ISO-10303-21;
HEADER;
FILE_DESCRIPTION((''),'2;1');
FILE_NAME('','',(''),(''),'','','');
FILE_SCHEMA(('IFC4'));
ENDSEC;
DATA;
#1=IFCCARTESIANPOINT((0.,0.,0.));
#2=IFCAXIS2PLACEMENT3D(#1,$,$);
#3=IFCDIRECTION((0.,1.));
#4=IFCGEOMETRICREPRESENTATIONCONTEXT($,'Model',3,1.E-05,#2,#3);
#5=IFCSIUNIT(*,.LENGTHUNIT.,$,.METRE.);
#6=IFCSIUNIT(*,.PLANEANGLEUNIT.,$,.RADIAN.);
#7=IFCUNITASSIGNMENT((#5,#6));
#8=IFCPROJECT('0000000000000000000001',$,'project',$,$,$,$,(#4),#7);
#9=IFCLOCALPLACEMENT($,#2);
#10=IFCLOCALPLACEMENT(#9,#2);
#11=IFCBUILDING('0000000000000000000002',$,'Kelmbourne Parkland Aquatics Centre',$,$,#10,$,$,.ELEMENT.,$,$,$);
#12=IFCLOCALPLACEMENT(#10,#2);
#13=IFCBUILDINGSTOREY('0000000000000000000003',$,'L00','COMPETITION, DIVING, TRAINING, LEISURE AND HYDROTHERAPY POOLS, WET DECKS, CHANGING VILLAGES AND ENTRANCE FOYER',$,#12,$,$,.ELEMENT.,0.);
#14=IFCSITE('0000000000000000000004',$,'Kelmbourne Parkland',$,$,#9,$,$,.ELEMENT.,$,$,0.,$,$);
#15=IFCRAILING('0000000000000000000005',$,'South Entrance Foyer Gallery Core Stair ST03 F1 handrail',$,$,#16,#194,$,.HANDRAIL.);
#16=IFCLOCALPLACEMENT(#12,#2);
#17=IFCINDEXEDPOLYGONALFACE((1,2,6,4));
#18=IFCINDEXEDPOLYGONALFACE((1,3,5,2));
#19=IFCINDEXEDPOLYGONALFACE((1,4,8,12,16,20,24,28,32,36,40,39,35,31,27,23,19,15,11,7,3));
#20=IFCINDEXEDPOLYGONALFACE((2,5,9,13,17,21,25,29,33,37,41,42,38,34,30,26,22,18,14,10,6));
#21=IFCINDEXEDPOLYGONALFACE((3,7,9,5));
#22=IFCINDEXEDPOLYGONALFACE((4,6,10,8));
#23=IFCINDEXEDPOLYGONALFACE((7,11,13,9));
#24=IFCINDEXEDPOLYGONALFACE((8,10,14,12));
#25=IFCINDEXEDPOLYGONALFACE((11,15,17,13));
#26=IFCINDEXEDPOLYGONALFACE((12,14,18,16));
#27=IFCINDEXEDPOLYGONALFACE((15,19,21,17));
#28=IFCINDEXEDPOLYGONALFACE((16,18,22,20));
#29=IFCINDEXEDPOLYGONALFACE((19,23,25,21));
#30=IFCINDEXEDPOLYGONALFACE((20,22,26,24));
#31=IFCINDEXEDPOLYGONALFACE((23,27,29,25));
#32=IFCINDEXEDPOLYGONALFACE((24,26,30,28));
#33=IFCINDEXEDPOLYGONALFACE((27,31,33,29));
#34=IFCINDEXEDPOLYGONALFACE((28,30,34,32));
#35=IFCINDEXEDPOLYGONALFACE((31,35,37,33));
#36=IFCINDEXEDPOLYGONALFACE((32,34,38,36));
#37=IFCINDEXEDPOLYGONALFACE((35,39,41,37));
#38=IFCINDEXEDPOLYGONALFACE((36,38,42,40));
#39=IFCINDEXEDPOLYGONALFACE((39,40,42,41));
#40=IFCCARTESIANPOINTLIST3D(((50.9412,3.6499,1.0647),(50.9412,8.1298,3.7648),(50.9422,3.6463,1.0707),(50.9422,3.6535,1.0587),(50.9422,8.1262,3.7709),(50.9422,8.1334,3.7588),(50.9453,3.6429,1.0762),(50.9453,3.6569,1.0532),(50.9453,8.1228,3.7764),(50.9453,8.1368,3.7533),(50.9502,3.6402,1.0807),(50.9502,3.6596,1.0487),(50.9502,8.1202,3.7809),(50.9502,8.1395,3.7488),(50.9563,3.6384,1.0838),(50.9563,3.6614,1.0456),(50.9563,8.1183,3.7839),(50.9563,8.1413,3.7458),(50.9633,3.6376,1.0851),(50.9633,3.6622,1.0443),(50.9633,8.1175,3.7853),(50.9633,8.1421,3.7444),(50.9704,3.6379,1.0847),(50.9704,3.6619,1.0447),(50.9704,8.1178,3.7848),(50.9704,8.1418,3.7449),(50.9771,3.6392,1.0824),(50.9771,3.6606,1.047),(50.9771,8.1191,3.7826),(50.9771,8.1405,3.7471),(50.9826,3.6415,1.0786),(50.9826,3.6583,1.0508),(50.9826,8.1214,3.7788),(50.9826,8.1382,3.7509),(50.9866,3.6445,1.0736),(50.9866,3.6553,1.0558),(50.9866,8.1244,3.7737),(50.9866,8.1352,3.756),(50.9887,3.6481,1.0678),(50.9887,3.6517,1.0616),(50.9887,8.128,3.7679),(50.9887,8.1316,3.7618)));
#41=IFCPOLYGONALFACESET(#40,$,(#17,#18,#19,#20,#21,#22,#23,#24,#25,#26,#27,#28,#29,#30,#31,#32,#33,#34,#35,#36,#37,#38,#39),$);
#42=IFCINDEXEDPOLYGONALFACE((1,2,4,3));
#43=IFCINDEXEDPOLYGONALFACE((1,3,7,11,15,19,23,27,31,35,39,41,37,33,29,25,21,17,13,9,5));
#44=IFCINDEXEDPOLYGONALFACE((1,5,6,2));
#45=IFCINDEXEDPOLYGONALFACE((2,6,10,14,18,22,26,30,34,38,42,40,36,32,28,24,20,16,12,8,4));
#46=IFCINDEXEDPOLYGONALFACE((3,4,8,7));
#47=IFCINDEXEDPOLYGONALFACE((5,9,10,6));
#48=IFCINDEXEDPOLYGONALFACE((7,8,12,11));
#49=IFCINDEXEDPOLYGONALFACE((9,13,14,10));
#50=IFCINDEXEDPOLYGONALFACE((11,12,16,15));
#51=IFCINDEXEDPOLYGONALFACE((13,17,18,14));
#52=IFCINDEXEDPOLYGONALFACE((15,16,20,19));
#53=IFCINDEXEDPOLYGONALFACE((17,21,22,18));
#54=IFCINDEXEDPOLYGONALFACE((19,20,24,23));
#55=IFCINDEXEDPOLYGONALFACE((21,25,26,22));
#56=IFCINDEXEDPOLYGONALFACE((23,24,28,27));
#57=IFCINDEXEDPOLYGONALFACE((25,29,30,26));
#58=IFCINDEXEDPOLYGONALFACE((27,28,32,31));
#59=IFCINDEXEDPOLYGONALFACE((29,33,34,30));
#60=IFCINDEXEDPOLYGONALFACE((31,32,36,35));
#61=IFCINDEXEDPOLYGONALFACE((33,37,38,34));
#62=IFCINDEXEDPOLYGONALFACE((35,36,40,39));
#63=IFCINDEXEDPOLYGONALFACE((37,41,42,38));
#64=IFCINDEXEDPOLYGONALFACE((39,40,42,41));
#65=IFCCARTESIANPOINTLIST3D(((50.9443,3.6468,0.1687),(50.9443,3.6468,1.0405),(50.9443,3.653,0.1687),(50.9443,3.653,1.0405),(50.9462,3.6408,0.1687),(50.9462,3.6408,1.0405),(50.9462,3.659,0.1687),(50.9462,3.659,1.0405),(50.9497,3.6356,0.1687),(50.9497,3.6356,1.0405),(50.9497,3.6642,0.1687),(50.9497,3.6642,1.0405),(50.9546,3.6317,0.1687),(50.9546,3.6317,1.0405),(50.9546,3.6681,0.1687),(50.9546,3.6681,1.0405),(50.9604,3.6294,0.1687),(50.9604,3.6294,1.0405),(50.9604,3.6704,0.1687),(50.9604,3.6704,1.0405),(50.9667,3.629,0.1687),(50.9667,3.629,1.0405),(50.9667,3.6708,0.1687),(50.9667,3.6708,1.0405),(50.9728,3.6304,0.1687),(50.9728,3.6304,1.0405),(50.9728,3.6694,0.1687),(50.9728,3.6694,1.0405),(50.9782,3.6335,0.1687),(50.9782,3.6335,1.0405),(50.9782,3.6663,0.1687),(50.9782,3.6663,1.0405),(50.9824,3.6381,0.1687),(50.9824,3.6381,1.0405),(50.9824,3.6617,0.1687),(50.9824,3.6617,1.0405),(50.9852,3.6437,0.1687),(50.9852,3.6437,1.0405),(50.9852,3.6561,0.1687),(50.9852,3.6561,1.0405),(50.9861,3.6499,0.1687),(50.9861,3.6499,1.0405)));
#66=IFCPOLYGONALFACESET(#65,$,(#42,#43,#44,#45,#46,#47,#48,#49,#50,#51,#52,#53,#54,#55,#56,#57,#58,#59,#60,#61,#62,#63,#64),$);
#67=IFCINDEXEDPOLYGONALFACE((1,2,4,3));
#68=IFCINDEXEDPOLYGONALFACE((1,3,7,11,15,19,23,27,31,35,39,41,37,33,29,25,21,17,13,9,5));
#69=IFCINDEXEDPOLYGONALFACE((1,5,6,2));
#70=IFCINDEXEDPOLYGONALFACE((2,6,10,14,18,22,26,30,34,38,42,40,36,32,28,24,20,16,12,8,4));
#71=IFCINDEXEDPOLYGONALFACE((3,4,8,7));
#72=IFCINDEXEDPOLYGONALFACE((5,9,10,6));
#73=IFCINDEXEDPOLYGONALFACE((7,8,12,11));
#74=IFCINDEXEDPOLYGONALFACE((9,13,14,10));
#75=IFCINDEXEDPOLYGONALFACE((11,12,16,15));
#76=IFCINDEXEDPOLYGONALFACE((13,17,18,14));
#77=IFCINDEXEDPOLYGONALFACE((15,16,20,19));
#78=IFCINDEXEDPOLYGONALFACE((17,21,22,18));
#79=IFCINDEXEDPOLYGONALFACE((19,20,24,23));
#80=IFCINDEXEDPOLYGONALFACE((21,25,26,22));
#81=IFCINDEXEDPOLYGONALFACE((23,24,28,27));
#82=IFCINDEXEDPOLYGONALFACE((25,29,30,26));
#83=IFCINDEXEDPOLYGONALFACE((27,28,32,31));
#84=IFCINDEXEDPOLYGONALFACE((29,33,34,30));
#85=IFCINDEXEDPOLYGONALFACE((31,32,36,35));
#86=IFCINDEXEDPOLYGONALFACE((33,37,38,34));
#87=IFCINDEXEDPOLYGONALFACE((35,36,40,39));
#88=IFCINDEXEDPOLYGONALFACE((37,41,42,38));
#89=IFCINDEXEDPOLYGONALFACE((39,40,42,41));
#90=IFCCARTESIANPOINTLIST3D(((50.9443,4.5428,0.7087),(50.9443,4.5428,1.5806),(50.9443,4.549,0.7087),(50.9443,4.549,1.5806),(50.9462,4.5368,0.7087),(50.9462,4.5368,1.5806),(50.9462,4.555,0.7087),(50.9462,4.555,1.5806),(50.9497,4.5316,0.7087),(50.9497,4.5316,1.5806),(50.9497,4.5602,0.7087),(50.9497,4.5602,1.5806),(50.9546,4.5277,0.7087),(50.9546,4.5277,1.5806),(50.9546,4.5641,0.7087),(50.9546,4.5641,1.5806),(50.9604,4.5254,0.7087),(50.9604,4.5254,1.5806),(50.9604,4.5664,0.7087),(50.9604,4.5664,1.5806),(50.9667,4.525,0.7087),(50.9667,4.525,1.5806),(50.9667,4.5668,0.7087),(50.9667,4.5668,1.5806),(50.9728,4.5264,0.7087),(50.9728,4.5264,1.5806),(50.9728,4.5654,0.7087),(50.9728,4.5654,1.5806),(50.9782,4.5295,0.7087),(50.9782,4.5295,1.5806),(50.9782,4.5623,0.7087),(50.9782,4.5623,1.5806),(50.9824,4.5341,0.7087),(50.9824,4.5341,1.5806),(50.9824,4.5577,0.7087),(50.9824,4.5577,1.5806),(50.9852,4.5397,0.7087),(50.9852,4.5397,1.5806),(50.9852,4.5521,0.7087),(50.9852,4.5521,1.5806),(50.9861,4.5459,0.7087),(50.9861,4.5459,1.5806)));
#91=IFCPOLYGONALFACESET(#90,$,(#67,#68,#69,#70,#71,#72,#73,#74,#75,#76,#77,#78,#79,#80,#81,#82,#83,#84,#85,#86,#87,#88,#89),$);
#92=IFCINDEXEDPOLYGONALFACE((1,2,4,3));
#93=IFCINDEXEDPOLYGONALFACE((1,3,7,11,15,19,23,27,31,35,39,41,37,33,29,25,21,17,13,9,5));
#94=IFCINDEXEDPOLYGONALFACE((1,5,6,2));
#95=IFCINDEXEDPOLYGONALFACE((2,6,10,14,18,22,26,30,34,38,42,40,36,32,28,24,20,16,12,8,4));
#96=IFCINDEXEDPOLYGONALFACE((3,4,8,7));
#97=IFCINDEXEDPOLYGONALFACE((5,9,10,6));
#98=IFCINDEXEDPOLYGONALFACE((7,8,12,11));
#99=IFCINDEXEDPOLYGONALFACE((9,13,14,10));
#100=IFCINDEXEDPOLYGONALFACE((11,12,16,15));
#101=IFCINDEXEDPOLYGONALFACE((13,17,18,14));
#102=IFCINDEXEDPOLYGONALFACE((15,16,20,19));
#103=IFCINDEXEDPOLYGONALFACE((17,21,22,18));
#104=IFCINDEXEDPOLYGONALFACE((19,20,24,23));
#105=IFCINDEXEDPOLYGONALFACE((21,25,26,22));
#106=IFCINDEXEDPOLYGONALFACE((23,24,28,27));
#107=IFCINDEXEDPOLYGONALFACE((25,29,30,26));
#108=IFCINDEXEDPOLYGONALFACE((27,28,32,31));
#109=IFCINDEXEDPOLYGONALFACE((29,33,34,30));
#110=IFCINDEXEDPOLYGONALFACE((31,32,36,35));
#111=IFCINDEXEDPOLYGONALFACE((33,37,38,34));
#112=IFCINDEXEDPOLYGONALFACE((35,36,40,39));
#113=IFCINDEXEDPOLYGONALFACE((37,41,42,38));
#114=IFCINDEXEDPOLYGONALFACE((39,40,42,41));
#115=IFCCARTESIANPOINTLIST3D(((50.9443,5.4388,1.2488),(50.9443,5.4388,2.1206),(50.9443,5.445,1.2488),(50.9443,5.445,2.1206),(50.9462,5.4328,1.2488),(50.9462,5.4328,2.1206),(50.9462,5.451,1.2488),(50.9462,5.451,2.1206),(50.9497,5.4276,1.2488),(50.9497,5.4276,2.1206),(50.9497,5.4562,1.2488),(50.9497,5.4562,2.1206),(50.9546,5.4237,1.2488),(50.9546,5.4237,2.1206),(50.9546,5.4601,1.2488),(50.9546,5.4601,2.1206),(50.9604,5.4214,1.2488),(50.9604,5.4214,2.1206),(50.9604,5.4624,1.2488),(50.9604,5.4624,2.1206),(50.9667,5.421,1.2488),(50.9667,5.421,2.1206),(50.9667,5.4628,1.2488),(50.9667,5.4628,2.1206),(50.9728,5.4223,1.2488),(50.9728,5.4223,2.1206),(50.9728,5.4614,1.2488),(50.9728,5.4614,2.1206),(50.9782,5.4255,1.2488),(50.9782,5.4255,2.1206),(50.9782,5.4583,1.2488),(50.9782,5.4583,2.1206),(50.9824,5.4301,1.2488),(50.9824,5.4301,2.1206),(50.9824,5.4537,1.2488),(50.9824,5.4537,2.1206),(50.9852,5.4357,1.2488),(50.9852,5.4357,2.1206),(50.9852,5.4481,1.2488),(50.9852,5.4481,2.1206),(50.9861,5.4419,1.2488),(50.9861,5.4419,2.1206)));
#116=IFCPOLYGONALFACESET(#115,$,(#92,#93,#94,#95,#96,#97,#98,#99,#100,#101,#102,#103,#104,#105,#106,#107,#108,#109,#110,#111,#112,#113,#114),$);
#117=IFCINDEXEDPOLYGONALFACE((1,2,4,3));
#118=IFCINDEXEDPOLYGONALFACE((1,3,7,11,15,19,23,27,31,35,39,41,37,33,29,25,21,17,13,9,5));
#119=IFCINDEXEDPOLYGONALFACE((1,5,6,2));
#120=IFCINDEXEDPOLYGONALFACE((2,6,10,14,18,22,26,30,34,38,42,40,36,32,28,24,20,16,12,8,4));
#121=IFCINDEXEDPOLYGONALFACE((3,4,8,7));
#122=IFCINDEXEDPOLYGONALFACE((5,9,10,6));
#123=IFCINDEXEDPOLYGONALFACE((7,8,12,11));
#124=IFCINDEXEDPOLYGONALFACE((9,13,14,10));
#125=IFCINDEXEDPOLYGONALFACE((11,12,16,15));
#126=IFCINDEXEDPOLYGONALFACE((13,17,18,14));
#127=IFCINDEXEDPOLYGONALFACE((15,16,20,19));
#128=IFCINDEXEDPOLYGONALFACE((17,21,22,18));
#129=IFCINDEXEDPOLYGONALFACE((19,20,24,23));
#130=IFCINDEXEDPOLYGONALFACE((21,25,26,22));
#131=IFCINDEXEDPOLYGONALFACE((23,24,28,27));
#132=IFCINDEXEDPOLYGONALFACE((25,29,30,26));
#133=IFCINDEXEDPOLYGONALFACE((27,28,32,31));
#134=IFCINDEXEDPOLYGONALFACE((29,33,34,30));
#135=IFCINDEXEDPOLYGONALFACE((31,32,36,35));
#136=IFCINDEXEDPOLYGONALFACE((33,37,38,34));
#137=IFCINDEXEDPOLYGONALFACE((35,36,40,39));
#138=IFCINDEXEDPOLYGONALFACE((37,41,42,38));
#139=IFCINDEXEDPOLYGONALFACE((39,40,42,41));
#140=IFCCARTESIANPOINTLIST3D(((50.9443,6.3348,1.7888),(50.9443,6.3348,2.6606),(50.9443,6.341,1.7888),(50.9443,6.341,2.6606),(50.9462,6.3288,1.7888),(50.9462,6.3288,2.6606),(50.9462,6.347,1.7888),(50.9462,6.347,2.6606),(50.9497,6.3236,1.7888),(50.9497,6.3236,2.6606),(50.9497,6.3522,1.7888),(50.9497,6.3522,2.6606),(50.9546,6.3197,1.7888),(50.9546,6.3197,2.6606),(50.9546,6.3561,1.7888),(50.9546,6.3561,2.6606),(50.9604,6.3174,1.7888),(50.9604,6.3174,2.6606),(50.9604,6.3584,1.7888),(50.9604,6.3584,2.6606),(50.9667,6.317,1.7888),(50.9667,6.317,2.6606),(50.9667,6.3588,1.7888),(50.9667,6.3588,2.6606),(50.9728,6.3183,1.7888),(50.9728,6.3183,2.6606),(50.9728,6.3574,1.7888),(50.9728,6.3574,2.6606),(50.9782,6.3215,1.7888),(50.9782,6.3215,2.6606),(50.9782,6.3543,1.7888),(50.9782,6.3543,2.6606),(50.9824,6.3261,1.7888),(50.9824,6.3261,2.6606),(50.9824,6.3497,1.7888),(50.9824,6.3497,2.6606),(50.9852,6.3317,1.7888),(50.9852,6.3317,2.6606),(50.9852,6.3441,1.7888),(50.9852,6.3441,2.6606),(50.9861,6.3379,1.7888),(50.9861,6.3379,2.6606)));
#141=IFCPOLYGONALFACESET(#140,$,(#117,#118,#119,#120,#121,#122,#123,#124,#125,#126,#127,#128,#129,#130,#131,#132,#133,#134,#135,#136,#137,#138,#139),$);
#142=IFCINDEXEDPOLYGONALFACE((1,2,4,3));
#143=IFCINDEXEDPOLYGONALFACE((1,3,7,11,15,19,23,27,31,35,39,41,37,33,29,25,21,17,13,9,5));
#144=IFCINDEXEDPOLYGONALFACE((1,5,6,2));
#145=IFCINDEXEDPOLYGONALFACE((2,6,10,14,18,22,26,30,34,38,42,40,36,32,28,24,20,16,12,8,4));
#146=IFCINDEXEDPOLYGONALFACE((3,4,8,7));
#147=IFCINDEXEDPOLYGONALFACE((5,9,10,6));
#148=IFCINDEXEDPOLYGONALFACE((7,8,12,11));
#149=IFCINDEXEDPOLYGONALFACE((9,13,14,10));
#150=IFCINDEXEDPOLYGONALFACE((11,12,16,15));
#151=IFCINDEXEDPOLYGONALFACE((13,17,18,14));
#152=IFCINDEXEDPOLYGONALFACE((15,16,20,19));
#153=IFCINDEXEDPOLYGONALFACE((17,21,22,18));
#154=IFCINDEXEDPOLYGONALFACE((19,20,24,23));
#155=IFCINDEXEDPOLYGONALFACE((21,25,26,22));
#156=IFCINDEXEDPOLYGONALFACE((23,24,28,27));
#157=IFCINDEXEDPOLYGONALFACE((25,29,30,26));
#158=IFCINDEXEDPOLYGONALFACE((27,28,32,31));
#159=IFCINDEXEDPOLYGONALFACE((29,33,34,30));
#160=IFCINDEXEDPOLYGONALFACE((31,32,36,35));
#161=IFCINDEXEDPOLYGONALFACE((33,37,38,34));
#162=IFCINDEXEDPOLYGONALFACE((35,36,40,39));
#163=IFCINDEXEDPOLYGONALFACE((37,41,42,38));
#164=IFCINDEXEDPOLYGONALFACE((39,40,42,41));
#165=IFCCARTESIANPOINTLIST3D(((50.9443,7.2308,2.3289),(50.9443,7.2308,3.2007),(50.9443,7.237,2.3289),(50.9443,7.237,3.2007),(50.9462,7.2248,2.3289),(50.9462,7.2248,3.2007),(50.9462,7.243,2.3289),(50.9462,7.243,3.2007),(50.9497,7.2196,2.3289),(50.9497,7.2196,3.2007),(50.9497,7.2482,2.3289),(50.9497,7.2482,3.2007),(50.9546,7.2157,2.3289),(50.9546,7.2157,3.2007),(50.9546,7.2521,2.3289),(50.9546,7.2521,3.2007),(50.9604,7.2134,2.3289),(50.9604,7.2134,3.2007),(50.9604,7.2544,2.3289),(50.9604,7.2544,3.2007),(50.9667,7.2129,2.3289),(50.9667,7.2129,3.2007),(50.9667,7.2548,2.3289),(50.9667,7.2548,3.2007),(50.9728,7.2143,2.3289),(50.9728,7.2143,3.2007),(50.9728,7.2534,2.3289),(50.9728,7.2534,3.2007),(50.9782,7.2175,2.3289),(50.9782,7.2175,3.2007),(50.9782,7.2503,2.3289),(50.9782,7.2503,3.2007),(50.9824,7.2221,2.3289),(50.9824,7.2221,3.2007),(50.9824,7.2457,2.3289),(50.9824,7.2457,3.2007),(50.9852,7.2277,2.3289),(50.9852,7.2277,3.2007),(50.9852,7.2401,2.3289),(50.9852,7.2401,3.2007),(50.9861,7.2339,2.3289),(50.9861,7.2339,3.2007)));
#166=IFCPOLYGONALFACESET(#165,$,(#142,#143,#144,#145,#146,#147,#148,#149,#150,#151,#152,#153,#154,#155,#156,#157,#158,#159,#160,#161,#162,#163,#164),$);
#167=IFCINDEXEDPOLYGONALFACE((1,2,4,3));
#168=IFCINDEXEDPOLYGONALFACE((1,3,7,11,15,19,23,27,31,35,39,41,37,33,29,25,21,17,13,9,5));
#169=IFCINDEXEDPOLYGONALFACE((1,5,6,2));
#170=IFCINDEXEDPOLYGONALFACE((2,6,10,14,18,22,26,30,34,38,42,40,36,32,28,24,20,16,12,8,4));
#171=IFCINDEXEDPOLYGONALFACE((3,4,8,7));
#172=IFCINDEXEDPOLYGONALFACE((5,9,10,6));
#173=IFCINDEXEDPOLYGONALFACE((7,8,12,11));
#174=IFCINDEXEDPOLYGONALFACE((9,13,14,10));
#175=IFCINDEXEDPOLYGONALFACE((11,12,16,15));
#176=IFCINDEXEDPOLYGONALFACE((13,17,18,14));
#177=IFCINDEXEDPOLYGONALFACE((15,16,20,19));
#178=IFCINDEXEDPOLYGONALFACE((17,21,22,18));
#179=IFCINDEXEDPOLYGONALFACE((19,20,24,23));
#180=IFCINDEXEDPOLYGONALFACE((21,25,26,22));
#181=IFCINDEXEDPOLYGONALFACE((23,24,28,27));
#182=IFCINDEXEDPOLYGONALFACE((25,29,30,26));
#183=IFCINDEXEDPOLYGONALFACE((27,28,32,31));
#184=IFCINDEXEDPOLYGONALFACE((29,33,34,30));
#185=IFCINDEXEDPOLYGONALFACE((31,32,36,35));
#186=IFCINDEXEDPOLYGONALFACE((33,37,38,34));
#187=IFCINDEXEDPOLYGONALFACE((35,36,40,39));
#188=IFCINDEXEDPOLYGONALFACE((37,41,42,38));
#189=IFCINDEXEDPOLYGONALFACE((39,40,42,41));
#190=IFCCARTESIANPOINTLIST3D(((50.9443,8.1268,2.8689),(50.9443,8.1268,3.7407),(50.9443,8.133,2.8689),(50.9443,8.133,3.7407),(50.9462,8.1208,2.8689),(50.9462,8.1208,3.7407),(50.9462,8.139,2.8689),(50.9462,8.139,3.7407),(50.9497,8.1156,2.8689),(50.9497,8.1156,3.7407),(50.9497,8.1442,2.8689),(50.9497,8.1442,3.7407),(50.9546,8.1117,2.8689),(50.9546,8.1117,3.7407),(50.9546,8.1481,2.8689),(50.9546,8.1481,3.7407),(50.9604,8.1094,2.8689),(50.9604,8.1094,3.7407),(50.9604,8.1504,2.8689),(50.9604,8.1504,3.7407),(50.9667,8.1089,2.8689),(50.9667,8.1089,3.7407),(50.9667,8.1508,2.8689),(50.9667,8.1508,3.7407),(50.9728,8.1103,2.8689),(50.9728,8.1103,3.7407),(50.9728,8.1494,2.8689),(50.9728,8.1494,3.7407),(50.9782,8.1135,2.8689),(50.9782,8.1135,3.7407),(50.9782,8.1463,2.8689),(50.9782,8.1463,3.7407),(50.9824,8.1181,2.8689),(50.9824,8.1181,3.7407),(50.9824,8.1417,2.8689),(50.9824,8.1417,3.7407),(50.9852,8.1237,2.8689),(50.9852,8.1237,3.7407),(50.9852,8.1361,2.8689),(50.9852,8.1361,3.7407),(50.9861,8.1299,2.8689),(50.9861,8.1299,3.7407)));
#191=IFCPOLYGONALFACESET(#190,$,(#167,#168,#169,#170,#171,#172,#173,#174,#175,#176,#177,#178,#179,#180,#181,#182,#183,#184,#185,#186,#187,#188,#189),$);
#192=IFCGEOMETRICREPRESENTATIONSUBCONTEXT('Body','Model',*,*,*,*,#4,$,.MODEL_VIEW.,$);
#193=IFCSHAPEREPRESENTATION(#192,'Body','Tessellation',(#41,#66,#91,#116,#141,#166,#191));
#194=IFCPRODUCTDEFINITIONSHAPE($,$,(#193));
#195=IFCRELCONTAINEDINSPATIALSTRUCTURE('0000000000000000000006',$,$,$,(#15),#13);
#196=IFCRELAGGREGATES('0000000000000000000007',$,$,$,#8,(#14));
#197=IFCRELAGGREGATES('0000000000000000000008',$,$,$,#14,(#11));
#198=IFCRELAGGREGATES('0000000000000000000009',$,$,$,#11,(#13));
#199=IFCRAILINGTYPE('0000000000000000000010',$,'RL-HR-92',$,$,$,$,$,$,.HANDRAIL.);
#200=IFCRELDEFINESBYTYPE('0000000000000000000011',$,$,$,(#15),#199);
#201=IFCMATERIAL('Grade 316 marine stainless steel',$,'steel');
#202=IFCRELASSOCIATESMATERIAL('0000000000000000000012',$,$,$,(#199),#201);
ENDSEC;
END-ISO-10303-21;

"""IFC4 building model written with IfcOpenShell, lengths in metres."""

from ifc_helpers import new_model, si_unit, direction, frame, origin, origin_2d, place, context, subcontext, project, spatial, circle, extrude, material, type_object, element, save


model = new_model("IFC4")

# Units and contexts
model_context = context("Model", 3, precision=1e-05, world=origin(), true_north=direction((0.0, 1.0)))
body_context = subcontext(model_context, "Body", "Model", "MODEL_VIEW")
ifc_project = project(units=[si_unit("LENGTHUNIT", "METRE"), si_unit("PLANEANGLEUNIT", "RADIAN")], contexts=[model_context])

# Site, building, storey
site_placement = place(None, origin())
site = spatial("IfcSite", under=ifc_project, at=site_placement, Name="Kelmbourne Parkland", CompositionType="ELEMENT", RefElevation=0.0)
building_placement = place(site_placement, origin())
building = spatial("IfcBuilding", under=site, at=building_placement, Name="Kelmbourne Parkland Aquatics Centre", CompositionType="ELEMENT")
storey_placement = place(building_placement, origin())
storey = spatial("IfcBuildingStorey", under=building, at=storey_placement, Name="L00", Description="COMPETITION, DIVING, TRAINING, LEISURE AND HYDROTHERAPY POOLS, WET DECKS, CHANGING VILLAGES AND ENTRANCE FOYER", CompositionType="ELEMENT", Elevation=0.0)

# Railing
ifc_material_1 = material(Name="Grade 316 marine stainless steel", Category="steel")
railing_type_1 = type_object("IfcRailingType", Name="RL-HR-92", PredefinedType="HANDRAIL", material=ifc_material_1)
railing_1_placement = place(storey_placement, frame((50.9651, 3.6499, 0.1687)))
element("IfcRailing", 1, at=railing_1_placement, inside=storey, type_object=railing_type_1, Name="South Entrance Foyer Gallery Core Stair ST03 F1 handrail", PredefinedType="HANDRAIL", context=body_context, shape_type="SweptSolid", body=[
    extrude(circle(Radius=0.0239, at=origin_2d()), frame((0.0, 0.0, 0.896), z_axis=(0.0, 0.856462, 0.516211), x_axis=(-1.0, 0.0, 0.0)), (0.0, 0.0, 1.0), 5.2307),
    extrude(circle(Radius=0.021, at=origin_2d()), origin(), (0.0, 0.0, 1.0), 0.8718),
    extrude(circle(Radius=0.021, at=origin_2d()), frame((0.0, 0.896, 0.54)), (0.0, 0.0, 1.0), 0.8718),
    extrude(circle(Radius=0.021, at=origin_2d()), frame((0.0, 1.792, 1.0801)), (0.0, 0.0, 1.0), 0.8718),
    extrude(circle(Radius=0.021, at=origin_2d()), frame((0.0, 2.688, 1.6201)), (0.0, 0.0, 1.0), 0.8718),
    extrude(circle(Radius=0.021, at=origin_2d()), frame((0.0, 3.584, 2.1602)), (0.0, 0.0, 1.0), 0.8718),
    extrude(circle(Radius=0.021, at=origin_2d()), frame((0.0, 4.48, 2.7002)), (0.0, 0.0, 1.0), 0.8718),
])

save(model, "model.ifc")
